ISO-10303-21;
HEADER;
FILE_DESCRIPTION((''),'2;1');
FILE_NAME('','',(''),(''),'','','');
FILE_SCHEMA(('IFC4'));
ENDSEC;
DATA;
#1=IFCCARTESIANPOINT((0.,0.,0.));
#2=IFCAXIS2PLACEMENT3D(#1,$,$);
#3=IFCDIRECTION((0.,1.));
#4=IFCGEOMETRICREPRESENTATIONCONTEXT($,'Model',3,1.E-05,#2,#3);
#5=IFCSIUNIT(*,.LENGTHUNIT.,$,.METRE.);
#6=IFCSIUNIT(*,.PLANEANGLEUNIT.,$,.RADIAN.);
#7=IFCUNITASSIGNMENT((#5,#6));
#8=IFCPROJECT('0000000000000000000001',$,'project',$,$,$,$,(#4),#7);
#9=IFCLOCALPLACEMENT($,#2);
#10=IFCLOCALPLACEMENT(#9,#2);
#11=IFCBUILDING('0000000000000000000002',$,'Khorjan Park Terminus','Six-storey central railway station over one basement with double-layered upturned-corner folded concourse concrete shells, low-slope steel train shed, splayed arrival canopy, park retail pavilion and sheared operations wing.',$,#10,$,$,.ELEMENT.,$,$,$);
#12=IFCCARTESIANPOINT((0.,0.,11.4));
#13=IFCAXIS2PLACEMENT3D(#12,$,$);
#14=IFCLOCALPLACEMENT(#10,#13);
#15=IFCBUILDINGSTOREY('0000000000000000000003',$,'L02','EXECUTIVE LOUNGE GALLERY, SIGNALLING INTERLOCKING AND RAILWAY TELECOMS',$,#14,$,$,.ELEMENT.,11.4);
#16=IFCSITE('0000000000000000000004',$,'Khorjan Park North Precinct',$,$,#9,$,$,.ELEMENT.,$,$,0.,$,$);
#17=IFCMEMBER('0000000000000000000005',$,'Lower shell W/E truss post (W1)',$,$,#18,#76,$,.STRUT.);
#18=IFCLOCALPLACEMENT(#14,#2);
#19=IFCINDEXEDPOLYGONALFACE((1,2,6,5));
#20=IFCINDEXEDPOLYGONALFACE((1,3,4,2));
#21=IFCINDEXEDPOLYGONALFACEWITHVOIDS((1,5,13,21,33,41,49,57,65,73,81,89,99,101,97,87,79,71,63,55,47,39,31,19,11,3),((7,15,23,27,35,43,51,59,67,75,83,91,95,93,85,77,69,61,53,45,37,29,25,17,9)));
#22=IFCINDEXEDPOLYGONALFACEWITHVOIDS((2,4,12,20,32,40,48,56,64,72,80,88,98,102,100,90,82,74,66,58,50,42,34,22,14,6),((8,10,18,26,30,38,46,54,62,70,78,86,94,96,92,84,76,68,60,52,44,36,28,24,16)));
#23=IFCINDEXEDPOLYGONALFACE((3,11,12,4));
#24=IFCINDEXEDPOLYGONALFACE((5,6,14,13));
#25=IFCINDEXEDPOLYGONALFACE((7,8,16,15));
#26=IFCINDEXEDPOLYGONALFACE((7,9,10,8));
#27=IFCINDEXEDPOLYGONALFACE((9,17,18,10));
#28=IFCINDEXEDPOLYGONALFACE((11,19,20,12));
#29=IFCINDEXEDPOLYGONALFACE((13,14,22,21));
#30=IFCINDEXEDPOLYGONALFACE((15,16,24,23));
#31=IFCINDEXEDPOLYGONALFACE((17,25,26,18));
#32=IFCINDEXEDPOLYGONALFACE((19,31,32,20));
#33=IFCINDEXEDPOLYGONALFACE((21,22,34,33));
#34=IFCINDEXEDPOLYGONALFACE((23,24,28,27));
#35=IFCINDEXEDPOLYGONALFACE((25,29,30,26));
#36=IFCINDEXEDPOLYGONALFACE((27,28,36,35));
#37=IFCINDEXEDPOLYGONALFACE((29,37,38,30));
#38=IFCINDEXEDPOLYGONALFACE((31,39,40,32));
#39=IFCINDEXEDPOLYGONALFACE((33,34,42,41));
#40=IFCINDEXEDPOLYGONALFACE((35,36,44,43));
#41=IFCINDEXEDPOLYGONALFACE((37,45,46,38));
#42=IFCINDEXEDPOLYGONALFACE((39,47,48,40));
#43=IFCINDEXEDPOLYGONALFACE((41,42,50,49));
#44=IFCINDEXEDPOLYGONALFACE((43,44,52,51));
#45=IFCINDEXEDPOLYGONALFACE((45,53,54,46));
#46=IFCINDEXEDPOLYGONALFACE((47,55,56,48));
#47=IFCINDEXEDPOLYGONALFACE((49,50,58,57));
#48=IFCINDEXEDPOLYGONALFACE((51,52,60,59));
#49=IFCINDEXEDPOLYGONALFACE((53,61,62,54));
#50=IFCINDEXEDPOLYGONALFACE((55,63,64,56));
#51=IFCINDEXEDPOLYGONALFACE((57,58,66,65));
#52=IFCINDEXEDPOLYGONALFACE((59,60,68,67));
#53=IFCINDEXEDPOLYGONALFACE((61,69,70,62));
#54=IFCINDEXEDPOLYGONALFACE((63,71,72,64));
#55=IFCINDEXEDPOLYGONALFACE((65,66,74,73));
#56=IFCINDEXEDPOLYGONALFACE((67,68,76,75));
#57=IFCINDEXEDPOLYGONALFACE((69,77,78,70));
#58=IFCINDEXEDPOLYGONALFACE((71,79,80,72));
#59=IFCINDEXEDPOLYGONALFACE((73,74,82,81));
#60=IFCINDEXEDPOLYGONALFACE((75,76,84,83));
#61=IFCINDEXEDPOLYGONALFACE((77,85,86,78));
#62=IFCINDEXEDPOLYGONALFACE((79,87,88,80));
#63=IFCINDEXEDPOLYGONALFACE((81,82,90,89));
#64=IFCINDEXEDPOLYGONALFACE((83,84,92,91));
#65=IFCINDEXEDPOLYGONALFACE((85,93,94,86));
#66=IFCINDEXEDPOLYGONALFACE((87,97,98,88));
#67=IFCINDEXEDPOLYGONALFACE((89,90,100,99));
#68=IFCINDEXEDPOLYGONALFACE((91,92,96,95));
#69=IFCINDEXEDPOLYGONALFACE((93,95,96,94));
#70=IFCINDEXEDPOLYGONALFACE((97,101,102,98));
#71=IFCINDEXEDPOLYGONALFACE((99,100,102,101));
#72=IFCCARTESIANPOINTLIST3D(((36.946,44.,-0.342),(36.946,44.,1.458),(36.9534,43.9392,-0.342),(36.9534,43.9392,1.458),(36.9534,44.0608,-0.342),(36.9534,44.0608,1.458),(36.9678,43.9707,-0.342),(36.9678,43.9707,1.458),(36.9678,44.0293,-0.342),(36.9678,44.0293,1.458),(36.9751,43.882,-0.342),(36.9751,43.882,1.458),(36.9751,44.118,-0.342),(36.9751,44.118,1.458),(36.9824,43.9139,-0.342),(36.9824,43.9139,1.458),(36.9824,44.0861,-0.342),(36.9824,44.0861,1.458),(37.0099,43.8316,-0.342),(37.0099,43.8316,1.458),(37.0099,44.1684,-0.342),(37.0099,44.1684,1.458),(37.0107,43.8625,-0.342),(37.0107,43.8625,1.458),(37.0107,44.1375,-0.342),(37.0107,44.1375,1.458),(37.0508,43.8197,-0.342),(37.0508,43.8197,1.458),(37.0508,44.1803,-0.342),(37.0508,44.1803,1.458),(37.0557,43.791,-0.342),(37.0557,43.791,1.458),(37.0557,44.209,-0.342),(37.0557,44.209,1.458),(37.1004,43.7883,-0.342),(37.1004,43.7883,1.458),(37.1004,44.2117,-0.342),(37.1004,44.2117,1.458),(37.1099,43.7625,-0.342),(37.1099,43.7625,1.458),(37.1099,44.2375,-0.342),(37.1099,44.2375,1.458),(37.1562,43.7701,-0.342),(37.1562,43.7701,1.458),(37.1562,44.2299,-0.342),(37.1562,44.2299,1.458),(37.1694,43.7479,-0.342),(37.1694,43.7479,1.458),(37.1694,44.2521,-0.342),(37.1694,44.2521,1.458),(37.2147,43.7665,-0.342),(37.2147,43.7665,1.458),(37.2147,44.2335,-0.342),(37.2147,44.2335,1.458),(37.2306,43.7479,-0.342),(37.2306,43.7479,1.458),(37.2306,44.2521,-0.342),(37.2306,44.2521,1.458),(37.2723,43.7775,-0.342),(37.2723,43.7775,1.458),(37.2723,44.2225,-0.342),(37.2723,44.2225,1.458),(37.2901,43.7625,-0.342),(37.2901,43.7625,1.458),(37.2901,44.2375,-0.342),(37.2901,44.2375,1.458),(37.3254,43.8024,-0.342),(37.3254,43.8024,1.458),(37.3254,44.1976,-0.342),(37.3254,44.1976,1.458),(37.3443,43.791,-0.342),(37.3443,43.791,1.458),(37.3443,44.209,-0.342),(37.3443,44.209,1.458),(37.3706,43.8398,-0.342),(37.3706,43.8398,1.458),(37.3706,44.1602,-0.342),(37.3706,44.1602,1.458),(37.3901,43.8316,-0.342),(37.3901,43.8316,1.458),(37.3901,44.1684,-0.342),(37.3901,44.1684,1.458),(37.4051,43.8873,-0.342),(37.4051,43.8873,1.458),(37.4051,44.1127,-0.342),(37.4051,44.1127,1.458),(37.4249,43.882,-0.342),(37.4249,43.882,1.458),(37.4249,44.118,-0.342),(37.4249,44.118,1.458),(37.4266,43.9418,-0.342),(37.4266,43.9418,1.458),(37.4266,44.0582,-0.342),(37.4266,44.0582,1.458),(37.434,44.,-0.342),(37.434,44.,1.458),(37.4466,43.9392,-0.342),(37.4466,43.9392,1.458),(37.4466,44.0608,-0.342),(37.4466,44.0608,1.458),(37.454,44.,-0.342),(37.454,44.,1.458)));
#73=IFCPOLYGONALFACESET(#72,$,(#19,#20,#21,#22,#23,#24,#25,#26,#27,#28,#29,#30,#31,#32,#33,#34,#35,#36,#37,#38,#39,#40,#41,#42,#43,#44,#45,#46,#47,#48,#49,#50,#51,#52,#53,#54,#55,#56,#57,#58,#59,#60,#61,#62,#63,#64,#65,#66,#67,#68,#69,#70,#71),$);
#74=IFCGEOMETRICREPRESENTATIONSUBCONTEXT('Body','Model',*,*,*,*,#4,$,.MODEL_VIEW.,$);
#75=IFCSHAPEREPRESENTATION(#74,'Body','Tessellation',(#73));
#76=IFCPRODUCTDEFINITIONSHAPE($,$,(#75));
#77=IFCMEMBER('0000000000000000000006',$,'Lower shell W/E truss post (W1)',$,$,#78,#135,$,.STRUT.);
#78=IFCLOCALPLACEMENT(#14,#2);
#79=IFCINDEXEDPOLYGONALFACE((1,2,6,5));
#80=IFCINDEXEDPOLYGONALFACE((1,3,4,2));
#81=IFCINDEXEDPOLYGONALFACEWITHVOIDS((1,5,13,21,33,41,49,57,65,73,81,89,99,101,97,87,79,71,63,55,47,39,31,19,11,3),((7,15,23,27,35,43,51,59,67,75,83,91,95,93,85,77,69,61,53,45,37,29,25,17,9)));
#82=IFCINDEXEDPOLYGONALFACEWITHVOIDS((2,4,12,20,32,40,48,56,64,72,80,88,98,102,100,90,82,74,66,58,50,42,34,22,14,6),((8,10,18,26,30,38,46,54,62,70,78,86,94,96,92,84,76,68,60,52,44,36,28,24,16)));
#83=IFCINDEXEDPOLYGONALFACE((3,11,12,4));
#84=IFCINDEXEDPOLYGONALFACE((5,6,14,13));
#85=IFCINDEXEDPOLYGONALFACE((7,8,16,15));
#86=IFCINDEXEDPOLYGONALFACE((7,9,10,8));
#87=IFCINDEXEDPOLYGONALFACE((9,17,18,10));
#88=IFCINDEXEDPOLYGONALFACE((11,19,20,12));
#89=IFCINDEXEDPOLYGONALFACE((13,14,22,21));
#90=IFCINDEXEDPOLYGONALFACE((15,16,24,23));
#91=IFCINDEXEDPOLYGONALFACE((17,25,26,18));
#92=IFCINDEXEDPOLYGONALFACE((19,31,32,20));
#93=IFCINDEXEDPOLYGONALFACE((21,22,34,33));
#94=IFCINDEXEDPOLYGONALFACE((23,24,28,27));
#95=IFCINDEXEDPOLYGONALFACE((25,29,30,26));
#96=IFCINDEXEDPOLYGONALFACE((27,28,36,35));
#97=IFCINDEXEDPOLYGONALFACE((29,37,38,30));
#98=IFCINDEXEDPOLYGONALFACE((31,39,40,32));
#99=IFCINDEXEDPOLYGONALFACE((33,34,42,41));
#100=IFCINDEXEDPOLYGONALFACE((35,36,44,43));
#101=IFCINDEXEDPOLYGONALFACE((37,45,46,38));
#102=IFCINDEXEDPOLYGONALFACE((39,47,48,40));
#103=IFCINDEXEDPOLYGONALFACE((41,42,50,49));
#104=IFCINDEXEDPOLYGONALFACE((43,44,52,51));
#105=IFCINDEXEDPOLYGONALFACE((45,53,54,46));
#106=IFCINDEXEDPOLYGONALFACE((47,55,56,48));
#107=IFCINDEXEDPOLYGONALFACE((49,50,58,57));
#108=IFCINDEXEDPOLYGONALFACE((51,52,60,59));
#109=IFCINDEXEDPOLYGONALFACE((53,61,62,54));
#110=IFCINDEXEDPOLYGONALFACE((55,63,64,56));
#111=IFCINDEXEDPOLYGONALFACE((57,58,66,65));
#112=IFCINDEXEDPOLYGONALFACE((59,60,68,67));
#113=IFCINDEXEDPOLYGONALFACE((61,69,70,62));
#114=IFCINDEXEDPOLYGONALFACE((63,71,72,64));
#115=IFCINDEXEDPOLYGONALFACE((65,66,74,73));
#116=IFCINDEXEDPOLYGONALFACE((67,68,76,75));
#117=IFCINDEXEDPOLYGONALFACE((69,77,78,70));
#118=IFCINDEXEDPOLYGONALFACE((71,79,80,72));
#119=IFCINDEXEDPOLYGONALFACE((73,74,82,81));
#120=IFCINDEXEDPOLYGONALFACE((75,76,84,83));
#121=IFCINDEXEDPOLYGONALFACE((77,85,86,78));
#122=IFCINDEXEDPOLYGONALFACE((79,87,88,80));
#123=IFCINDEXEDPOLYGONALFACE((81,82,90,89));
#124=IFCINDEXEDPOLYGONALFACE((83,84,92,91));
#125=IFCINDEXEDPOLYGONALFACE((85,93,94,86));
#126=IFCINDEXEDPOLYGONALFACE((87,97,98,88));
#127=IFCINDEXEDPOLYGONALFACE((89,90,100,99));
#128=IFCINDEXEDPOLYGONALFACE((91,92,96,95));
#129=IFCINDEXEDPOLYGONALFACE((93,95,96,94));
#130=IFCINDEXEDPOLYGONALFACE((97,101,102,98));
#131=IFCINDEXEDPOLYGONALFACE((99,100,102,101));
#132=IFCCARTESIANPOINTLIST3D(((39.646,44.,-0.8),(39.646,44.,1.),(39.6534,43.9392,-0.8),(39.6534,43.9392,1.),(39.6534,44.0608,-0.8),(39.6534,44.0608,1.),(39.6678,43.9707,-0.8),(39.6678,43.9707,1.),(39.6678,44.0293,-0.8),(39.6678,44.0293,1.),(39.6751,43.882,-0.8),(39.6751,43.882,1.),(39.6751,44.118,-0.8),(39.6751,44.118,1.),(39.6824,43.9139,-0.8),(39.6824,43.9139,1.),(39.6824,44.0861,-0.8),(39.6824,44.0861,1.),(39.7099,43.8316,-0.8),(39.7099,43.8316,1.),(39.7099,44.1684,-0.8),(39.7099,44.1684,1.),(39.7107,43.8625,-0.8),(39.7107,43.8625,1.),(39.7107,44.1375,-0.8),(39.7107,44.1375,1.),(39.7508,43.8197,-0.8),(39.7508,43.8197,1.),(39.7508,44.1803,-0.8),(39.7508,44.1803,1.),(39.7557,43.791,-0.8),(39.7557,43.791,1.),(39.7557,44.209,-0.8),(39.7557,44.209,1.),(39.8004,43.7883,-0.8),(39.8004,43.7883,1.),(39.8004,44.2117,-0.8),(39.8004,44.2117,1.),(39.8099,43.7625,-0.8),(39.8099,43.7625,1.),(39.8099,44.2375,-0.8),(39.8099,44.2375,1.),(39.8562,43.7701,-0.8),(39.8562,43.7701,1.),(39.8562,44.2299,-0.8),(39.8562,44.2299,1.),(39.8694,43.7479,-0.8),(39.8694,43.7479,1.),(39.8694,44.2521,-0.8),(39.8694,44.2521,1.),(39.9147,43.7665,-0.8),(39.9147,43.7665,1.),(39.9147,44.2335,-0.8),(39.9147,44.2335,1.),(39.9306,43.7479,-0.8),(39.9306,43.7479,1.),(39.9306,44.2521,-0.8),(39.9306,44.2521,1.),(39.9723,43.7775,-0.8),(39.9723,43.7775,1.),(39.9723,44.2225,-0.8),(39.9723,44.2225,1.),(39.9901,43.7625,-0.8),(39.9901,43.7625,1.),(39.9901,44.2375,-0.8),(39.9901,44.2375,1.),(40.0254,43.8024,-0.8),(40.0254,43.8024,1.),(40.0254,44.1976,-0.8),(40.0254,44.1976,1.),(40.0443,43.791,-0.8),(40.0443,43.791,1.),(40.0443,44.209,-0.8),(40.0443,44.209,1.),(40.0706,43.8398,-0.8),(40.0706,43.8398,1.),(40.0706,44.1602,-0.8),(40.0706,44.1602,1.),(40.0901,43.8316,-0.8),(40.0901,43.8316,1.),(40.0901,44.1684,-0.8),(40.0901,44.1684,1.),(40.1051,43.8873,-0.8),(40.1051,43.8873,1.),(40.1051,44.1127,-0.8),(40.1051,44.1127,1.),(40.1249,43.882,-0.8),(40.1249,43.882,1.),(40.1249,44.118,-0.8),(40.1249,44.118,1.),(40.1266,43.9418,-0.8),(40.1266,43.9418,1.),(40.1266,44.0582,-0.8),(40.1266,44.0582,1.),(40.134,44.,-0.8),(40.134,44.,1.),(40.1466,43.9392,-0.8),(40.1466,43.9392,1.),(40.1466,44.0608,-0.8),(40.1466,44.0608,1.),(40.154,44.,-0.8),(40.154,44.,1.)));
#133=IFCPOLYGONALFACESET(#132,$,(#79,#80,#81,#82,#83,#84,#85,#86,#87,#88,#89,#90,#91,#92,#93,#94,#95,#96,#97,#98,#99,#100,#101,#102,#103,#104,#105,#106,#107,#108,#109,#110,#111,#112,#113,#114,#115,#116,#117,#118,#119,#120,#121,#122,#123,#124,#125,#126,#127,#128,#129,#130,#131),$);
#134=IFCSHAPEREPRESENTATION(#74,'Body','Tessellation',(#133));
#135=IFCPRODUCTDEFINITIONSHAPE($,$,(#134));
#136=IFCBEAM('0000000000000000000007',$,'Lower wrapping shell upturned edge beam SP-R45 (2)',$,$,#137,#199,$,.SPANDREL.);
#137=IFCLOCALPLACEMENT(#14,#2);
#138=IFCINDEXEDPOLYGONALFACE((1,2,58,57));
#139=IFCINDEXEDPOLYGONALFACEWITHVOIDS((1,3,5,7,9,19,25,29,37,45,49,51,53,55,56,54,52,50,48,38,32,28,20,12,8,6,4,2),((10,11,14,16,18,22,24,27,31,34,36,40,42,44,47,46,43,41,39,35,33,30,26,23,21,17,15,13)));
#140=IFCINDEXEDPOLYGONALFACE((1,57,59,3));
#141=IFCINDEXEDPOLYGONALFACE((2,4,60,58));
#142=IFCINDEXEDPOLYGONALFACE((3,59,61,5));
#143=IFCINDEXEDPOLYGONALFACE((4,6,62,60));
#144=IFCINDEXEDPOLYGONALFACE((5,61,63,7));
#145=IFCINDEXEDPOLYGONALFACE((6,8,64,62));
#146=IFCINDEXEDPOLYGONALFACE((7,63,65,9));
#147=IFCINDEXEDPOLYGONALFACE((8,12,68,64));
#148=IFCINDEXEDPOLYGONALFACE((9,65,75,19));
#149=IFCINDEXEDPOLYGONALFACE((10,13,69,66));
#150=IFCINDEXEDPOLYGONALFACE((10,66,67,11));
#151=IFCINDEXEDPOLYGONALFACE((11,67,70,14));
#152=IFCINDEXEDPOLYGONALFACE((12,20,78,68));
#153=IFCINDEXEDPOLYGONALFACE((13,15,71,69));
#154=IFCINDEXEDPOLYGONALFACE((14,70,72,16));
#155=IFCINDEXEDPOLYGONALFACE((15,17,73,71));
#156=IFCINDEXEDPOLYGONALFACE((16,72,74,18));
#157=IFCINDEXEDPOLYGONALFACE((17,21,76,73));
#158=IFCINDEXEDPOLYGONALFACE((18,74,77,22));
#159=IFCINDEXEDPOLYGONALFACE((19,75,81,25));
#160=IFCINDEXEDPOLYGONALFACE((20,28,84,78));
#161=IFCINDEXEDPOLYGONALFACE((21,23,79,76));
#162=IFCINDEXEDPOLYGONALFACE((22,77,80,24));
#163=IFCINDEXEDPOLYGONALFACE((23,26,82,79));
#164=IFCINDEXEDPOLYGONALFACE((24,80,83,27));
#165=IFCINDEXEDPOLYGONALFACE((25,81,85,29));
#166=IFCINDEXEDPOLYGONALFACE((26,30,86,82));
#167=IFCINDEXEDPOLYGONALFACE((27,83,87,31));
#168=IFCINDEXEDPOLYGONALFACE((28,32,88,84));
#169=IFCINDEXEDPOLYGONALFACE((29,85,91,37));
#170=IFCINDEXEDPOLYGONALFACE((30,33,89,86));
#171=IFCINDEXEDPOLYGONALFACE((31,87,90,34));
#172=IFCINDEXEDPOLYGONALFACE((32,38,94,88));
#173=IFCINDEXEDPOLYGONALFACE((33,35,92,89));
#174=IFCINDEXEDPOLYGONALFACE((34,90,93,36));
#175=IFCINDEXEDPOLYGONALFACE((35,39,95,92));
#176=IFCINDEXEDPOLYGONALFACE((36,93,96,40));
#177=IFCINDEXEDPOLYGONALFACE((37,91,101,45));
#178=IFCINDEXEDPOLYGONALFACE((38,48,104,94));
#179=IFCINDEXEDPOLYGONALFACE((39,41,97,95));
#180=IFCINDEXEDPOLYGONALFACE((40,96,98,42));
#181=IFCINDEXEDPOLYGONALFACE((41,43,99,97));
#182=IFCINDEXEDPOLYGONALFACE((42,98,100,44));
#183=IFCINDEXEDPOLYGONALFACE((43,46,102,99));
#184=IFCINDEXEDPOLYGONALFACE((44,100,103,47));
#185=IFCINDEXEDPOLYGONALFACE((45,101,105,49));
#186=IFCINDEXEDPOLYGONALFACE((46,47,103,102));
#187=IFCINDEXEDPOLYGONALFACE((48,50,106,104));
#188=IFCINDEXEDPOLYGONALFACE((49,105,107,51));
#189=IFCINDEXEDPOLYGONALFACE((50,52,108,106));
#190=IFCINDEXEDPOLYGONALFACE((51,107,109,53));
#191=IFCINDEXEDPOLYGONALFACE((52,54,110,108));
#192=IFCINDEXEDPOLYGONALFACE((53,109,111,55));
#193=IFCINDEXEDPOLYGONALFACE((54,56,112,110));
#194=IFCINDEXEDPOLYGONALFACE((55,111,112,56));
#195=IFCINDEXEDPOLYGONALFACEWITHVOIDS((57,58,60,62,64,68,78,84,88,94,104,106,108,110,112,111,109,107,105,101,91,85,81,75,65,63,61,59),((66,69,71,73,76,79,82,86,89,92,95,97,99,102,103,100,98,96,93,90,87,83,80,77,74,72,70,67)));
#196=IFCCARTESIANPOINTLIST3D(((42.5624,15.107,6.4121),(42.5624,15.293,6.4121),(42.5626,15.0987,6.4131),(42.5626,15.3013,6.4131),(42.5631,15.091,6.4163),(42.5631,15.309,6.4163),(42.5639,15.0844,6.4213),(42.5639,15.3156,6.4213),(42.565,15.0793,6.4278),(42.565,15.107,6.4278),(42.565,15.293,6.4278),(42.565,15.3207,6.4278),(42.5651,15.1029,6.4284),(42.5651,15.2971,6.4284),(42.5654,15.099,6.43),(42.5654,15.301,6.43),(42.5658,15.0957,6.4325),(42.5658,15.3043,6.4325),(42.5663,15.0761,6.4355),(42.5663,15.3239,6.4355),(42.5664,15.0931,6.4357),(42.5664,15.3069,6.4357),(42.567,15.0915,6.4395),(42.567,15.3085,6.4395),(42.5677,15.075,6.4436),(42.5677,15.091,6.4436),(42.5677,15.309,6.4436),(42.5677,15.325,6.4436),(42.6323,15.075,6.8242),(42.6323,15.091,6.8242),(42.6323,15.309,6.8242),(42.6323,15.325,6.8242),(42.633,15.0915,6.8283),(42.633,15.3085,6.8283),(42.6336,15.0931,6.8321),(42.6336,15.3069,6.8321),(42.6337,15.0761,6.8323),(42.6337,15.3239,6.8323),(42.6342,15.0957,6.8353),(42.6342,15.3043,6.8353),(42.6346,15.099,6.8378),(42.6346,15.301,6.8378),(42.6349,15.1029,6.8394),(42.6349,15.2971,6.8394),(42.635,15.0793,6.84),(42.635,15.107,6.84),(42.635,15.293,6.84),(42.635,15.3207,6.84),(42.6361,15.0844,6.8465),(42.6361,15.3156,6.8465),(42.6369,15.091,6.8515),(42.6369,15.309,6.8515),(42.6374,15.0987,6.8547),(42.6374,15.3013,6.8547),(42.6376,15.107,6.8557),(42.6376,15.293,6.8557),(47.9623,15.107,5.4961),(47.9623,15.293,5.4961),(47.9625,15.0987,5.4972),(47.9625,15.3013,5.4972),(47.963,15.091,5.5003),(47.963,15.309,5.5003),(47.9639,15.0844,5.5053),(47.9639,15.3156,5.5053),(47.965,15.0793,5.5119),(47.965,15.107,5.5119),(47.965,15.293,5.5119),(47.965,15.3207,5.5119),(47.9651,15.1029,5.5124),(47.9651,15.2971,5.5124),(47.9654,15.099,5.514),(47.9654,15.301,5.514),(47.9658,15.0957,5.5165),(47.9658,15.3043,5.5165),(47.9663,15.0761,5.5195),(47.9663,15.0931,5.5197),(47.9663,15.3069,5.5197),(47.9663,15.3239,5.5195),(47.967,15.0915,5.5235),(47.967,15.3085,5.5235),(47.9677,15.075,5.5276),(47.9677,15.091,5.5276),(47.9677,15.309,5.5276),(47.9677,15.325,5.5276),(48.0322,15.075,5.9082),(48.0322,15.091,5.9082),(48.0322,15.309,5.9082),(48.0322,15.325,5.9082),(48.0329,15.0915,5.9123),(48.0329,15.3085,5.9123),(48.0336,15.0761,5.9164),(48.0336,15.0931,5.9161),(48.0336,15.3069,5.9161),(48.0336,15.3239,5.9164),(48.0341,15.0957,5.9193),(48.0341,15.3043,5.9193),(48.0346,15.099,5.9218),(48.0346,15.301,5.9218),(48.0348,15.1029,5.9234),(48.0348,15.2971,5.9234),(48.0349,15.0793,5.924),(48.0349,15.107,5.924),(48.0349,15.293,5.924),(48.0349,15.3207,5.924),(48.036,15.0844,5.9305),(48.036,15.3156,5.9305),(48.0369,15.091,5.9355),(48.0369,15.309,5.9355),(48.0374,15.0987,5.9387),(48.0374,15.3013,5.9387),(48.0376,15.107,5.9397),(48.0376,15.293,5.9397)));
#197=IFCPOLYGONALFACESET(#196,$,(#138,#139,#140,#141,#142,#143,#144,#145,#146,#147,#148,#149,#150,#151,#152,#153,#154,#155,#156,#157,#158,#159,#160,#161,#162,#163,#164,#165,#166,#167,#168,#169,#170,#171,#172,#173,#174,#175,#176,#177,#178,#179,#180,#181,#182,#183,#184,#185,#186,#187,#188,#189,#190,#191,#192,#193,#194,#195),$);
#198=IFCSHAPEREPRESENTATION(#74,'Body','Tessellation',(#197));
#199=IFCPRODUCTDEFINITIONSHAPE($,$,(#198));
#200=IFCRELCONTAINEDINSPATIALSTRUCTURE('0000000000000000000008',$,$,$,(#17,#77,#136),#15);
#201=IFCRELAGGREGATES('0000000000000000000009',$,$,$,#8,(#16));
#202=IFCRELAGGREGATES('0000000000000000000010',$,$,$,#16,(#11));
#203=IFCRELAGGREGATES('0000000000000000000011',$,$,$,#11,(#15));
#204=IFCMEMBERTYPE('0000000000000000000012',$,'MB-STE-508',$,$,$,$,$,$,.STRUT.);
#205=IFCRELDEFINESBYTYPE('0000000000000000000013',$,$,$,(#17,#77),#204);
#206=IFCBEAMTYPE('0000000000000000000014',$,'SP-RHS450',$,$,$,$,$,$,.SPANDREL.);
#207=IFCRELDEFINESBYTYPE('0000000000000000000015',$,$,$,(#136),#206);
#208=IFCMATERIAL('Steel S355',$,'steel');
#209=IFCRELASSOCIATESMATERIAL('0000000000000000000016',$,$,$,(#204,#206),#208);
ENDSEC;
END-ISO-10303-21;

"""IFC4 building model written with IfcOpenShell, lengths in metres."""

from ifc_helpers import new_model, si_unit, direction, frame, origin, origin_2d, place, context, subcontext, project, spatial, hollow_rectangle, hollow_circle, extrude, material, material_profile, profile_set, type_object, element, save


model = new_model("IFC4")

# Units and contexts
model_context = context("Model", 3, precision=1e-05, world=origin(), true_north=direction((0.0, 1.0)))
body_context = subcontext(model_context, "Body", "Model", "MODEL_VIEW")
ifc_project = project(units=[si_unit("LENGTHUNIT", "METRE"), si_unit("PLANEANGLEUNIT", "RADIAN")], contexts=[model_context])

# Site, building, storey
site_placement = place(None, origin())
site = spatial("IfcSite", under=ifc_project, at=site_placement, Name="Khorjan Park North Precinct", CompositionType="ELEMENT", RefElevation=0.0)
building_placement = place(site_placement, origin())
building = spatial("IfcBuilding", under=site, at=building_placement, Name="Khorjan Park Terminus", Description="Six-storey central railway station over one basement with double-layered upturned-corner folded concourse concrete shells, low-slope steel train shed, splayed arrival canopy, park retail pavilion and sheared operations wing.", CompositionType="ELEMENT")
storey_placement = place(building_placement, frame((0.0, 0.0, 11.4)))
storey = spatial("IfcBuildingStorey", under=building, at=storey_placement, Name="L02", Description="EXECUTIVE LOUNGE GALLERY, SIGNALLING INTERLOCKING AND RAILWAY TELECOMS", CompositionType="ELEMENT", Elevation=11.4)

# Members
ifc_material_1 = material(Name="Steel S355", Category="steel")
ifc_material_profile_1 = material_profile(ifc_material_1, hollow_circle(Radius=0.254, WallThickness=0.02, at=origin_2d()), Name="CHS 508x20")
ifc_profile_set_1 = profile_set([ifc_material_profile_1], Name="Steel S355")
member_type_1 = type_object("IfcMemberType", Name="MB-STE-508", PredefinedType="STRUT", material=ifc_profile_set_1)
for number, where, z_axis, x_axis, name in (
    (1, (37.2, 44.0, -0.342), (0.0, 0.0, 1.0), (1.0, 0.0, 0.0), "Lower shell W/E truss post (W1)"),
    (2, (39.9, 44.0, -0.8), (0.0, 0.0, 1.0), (1.0, 0.0, 0.0), "Lower shell W/E truss post (W1)"),
):
    element("IfcMember", number, at=place(storey_placement, frame(where, z_axis=z_axis, x_axis=x_axis)), inside=storey, type_object=member_type_1, Name=name, PredefinedType="STRUT", context=body_context, shape_type="SweptSolid", body=[
        extrude(hollow_circle(Radius=0.254, WallThickness=0.02, at=origin_2d()), origin(), (0.0, 0.0, 1.0), 1.8),
    ])

# Beam
ifc_material_profile_2 = material_profile(ifc_material_1, hollow_rectangle(XDim=0.25, YDim=0.45, WallThickness=0.016, InnerFilletRadius=0.016, OuterFilletRadius=0.032, at=origin_2d()), Name="RHS 450x250x16")
ifc_profile_set_2 = profile_set([ifc_material_profile_2], Name="Steel S355")
beam_type = type_object("IfcBeamType", Name="SP-RHS450", PredefinedType="SPANDREL", material=ifc_profile_set_2)
beam_1_placement = place(storey_placement, frame((42.6, 15.2, 6.6339), z_axis=(0.985916, 0.0, -0.167241), x_axis=(0.0, 1.0, 0.0)))
element("IfcBeam", 3, at=beam_1_placement, inside=storey, type_object=beam_type, Name="Lower wrapping shell upturned edge beam SP-R45 (2)", PredefinedType="SPANDREL", context=body_context, shape_type="SweptSolid", body=[
    extrude(hollow_rectangle(XDim=0.25, YDim=0.45, WallThickness=0.016, InnerFilletRadius=0.016, OuterFilletRadius=0.032, at=origin_2d()), origin(), (0.0, 0.0, 1.0), 5.4771),
])

save(model, "model.ifc")
